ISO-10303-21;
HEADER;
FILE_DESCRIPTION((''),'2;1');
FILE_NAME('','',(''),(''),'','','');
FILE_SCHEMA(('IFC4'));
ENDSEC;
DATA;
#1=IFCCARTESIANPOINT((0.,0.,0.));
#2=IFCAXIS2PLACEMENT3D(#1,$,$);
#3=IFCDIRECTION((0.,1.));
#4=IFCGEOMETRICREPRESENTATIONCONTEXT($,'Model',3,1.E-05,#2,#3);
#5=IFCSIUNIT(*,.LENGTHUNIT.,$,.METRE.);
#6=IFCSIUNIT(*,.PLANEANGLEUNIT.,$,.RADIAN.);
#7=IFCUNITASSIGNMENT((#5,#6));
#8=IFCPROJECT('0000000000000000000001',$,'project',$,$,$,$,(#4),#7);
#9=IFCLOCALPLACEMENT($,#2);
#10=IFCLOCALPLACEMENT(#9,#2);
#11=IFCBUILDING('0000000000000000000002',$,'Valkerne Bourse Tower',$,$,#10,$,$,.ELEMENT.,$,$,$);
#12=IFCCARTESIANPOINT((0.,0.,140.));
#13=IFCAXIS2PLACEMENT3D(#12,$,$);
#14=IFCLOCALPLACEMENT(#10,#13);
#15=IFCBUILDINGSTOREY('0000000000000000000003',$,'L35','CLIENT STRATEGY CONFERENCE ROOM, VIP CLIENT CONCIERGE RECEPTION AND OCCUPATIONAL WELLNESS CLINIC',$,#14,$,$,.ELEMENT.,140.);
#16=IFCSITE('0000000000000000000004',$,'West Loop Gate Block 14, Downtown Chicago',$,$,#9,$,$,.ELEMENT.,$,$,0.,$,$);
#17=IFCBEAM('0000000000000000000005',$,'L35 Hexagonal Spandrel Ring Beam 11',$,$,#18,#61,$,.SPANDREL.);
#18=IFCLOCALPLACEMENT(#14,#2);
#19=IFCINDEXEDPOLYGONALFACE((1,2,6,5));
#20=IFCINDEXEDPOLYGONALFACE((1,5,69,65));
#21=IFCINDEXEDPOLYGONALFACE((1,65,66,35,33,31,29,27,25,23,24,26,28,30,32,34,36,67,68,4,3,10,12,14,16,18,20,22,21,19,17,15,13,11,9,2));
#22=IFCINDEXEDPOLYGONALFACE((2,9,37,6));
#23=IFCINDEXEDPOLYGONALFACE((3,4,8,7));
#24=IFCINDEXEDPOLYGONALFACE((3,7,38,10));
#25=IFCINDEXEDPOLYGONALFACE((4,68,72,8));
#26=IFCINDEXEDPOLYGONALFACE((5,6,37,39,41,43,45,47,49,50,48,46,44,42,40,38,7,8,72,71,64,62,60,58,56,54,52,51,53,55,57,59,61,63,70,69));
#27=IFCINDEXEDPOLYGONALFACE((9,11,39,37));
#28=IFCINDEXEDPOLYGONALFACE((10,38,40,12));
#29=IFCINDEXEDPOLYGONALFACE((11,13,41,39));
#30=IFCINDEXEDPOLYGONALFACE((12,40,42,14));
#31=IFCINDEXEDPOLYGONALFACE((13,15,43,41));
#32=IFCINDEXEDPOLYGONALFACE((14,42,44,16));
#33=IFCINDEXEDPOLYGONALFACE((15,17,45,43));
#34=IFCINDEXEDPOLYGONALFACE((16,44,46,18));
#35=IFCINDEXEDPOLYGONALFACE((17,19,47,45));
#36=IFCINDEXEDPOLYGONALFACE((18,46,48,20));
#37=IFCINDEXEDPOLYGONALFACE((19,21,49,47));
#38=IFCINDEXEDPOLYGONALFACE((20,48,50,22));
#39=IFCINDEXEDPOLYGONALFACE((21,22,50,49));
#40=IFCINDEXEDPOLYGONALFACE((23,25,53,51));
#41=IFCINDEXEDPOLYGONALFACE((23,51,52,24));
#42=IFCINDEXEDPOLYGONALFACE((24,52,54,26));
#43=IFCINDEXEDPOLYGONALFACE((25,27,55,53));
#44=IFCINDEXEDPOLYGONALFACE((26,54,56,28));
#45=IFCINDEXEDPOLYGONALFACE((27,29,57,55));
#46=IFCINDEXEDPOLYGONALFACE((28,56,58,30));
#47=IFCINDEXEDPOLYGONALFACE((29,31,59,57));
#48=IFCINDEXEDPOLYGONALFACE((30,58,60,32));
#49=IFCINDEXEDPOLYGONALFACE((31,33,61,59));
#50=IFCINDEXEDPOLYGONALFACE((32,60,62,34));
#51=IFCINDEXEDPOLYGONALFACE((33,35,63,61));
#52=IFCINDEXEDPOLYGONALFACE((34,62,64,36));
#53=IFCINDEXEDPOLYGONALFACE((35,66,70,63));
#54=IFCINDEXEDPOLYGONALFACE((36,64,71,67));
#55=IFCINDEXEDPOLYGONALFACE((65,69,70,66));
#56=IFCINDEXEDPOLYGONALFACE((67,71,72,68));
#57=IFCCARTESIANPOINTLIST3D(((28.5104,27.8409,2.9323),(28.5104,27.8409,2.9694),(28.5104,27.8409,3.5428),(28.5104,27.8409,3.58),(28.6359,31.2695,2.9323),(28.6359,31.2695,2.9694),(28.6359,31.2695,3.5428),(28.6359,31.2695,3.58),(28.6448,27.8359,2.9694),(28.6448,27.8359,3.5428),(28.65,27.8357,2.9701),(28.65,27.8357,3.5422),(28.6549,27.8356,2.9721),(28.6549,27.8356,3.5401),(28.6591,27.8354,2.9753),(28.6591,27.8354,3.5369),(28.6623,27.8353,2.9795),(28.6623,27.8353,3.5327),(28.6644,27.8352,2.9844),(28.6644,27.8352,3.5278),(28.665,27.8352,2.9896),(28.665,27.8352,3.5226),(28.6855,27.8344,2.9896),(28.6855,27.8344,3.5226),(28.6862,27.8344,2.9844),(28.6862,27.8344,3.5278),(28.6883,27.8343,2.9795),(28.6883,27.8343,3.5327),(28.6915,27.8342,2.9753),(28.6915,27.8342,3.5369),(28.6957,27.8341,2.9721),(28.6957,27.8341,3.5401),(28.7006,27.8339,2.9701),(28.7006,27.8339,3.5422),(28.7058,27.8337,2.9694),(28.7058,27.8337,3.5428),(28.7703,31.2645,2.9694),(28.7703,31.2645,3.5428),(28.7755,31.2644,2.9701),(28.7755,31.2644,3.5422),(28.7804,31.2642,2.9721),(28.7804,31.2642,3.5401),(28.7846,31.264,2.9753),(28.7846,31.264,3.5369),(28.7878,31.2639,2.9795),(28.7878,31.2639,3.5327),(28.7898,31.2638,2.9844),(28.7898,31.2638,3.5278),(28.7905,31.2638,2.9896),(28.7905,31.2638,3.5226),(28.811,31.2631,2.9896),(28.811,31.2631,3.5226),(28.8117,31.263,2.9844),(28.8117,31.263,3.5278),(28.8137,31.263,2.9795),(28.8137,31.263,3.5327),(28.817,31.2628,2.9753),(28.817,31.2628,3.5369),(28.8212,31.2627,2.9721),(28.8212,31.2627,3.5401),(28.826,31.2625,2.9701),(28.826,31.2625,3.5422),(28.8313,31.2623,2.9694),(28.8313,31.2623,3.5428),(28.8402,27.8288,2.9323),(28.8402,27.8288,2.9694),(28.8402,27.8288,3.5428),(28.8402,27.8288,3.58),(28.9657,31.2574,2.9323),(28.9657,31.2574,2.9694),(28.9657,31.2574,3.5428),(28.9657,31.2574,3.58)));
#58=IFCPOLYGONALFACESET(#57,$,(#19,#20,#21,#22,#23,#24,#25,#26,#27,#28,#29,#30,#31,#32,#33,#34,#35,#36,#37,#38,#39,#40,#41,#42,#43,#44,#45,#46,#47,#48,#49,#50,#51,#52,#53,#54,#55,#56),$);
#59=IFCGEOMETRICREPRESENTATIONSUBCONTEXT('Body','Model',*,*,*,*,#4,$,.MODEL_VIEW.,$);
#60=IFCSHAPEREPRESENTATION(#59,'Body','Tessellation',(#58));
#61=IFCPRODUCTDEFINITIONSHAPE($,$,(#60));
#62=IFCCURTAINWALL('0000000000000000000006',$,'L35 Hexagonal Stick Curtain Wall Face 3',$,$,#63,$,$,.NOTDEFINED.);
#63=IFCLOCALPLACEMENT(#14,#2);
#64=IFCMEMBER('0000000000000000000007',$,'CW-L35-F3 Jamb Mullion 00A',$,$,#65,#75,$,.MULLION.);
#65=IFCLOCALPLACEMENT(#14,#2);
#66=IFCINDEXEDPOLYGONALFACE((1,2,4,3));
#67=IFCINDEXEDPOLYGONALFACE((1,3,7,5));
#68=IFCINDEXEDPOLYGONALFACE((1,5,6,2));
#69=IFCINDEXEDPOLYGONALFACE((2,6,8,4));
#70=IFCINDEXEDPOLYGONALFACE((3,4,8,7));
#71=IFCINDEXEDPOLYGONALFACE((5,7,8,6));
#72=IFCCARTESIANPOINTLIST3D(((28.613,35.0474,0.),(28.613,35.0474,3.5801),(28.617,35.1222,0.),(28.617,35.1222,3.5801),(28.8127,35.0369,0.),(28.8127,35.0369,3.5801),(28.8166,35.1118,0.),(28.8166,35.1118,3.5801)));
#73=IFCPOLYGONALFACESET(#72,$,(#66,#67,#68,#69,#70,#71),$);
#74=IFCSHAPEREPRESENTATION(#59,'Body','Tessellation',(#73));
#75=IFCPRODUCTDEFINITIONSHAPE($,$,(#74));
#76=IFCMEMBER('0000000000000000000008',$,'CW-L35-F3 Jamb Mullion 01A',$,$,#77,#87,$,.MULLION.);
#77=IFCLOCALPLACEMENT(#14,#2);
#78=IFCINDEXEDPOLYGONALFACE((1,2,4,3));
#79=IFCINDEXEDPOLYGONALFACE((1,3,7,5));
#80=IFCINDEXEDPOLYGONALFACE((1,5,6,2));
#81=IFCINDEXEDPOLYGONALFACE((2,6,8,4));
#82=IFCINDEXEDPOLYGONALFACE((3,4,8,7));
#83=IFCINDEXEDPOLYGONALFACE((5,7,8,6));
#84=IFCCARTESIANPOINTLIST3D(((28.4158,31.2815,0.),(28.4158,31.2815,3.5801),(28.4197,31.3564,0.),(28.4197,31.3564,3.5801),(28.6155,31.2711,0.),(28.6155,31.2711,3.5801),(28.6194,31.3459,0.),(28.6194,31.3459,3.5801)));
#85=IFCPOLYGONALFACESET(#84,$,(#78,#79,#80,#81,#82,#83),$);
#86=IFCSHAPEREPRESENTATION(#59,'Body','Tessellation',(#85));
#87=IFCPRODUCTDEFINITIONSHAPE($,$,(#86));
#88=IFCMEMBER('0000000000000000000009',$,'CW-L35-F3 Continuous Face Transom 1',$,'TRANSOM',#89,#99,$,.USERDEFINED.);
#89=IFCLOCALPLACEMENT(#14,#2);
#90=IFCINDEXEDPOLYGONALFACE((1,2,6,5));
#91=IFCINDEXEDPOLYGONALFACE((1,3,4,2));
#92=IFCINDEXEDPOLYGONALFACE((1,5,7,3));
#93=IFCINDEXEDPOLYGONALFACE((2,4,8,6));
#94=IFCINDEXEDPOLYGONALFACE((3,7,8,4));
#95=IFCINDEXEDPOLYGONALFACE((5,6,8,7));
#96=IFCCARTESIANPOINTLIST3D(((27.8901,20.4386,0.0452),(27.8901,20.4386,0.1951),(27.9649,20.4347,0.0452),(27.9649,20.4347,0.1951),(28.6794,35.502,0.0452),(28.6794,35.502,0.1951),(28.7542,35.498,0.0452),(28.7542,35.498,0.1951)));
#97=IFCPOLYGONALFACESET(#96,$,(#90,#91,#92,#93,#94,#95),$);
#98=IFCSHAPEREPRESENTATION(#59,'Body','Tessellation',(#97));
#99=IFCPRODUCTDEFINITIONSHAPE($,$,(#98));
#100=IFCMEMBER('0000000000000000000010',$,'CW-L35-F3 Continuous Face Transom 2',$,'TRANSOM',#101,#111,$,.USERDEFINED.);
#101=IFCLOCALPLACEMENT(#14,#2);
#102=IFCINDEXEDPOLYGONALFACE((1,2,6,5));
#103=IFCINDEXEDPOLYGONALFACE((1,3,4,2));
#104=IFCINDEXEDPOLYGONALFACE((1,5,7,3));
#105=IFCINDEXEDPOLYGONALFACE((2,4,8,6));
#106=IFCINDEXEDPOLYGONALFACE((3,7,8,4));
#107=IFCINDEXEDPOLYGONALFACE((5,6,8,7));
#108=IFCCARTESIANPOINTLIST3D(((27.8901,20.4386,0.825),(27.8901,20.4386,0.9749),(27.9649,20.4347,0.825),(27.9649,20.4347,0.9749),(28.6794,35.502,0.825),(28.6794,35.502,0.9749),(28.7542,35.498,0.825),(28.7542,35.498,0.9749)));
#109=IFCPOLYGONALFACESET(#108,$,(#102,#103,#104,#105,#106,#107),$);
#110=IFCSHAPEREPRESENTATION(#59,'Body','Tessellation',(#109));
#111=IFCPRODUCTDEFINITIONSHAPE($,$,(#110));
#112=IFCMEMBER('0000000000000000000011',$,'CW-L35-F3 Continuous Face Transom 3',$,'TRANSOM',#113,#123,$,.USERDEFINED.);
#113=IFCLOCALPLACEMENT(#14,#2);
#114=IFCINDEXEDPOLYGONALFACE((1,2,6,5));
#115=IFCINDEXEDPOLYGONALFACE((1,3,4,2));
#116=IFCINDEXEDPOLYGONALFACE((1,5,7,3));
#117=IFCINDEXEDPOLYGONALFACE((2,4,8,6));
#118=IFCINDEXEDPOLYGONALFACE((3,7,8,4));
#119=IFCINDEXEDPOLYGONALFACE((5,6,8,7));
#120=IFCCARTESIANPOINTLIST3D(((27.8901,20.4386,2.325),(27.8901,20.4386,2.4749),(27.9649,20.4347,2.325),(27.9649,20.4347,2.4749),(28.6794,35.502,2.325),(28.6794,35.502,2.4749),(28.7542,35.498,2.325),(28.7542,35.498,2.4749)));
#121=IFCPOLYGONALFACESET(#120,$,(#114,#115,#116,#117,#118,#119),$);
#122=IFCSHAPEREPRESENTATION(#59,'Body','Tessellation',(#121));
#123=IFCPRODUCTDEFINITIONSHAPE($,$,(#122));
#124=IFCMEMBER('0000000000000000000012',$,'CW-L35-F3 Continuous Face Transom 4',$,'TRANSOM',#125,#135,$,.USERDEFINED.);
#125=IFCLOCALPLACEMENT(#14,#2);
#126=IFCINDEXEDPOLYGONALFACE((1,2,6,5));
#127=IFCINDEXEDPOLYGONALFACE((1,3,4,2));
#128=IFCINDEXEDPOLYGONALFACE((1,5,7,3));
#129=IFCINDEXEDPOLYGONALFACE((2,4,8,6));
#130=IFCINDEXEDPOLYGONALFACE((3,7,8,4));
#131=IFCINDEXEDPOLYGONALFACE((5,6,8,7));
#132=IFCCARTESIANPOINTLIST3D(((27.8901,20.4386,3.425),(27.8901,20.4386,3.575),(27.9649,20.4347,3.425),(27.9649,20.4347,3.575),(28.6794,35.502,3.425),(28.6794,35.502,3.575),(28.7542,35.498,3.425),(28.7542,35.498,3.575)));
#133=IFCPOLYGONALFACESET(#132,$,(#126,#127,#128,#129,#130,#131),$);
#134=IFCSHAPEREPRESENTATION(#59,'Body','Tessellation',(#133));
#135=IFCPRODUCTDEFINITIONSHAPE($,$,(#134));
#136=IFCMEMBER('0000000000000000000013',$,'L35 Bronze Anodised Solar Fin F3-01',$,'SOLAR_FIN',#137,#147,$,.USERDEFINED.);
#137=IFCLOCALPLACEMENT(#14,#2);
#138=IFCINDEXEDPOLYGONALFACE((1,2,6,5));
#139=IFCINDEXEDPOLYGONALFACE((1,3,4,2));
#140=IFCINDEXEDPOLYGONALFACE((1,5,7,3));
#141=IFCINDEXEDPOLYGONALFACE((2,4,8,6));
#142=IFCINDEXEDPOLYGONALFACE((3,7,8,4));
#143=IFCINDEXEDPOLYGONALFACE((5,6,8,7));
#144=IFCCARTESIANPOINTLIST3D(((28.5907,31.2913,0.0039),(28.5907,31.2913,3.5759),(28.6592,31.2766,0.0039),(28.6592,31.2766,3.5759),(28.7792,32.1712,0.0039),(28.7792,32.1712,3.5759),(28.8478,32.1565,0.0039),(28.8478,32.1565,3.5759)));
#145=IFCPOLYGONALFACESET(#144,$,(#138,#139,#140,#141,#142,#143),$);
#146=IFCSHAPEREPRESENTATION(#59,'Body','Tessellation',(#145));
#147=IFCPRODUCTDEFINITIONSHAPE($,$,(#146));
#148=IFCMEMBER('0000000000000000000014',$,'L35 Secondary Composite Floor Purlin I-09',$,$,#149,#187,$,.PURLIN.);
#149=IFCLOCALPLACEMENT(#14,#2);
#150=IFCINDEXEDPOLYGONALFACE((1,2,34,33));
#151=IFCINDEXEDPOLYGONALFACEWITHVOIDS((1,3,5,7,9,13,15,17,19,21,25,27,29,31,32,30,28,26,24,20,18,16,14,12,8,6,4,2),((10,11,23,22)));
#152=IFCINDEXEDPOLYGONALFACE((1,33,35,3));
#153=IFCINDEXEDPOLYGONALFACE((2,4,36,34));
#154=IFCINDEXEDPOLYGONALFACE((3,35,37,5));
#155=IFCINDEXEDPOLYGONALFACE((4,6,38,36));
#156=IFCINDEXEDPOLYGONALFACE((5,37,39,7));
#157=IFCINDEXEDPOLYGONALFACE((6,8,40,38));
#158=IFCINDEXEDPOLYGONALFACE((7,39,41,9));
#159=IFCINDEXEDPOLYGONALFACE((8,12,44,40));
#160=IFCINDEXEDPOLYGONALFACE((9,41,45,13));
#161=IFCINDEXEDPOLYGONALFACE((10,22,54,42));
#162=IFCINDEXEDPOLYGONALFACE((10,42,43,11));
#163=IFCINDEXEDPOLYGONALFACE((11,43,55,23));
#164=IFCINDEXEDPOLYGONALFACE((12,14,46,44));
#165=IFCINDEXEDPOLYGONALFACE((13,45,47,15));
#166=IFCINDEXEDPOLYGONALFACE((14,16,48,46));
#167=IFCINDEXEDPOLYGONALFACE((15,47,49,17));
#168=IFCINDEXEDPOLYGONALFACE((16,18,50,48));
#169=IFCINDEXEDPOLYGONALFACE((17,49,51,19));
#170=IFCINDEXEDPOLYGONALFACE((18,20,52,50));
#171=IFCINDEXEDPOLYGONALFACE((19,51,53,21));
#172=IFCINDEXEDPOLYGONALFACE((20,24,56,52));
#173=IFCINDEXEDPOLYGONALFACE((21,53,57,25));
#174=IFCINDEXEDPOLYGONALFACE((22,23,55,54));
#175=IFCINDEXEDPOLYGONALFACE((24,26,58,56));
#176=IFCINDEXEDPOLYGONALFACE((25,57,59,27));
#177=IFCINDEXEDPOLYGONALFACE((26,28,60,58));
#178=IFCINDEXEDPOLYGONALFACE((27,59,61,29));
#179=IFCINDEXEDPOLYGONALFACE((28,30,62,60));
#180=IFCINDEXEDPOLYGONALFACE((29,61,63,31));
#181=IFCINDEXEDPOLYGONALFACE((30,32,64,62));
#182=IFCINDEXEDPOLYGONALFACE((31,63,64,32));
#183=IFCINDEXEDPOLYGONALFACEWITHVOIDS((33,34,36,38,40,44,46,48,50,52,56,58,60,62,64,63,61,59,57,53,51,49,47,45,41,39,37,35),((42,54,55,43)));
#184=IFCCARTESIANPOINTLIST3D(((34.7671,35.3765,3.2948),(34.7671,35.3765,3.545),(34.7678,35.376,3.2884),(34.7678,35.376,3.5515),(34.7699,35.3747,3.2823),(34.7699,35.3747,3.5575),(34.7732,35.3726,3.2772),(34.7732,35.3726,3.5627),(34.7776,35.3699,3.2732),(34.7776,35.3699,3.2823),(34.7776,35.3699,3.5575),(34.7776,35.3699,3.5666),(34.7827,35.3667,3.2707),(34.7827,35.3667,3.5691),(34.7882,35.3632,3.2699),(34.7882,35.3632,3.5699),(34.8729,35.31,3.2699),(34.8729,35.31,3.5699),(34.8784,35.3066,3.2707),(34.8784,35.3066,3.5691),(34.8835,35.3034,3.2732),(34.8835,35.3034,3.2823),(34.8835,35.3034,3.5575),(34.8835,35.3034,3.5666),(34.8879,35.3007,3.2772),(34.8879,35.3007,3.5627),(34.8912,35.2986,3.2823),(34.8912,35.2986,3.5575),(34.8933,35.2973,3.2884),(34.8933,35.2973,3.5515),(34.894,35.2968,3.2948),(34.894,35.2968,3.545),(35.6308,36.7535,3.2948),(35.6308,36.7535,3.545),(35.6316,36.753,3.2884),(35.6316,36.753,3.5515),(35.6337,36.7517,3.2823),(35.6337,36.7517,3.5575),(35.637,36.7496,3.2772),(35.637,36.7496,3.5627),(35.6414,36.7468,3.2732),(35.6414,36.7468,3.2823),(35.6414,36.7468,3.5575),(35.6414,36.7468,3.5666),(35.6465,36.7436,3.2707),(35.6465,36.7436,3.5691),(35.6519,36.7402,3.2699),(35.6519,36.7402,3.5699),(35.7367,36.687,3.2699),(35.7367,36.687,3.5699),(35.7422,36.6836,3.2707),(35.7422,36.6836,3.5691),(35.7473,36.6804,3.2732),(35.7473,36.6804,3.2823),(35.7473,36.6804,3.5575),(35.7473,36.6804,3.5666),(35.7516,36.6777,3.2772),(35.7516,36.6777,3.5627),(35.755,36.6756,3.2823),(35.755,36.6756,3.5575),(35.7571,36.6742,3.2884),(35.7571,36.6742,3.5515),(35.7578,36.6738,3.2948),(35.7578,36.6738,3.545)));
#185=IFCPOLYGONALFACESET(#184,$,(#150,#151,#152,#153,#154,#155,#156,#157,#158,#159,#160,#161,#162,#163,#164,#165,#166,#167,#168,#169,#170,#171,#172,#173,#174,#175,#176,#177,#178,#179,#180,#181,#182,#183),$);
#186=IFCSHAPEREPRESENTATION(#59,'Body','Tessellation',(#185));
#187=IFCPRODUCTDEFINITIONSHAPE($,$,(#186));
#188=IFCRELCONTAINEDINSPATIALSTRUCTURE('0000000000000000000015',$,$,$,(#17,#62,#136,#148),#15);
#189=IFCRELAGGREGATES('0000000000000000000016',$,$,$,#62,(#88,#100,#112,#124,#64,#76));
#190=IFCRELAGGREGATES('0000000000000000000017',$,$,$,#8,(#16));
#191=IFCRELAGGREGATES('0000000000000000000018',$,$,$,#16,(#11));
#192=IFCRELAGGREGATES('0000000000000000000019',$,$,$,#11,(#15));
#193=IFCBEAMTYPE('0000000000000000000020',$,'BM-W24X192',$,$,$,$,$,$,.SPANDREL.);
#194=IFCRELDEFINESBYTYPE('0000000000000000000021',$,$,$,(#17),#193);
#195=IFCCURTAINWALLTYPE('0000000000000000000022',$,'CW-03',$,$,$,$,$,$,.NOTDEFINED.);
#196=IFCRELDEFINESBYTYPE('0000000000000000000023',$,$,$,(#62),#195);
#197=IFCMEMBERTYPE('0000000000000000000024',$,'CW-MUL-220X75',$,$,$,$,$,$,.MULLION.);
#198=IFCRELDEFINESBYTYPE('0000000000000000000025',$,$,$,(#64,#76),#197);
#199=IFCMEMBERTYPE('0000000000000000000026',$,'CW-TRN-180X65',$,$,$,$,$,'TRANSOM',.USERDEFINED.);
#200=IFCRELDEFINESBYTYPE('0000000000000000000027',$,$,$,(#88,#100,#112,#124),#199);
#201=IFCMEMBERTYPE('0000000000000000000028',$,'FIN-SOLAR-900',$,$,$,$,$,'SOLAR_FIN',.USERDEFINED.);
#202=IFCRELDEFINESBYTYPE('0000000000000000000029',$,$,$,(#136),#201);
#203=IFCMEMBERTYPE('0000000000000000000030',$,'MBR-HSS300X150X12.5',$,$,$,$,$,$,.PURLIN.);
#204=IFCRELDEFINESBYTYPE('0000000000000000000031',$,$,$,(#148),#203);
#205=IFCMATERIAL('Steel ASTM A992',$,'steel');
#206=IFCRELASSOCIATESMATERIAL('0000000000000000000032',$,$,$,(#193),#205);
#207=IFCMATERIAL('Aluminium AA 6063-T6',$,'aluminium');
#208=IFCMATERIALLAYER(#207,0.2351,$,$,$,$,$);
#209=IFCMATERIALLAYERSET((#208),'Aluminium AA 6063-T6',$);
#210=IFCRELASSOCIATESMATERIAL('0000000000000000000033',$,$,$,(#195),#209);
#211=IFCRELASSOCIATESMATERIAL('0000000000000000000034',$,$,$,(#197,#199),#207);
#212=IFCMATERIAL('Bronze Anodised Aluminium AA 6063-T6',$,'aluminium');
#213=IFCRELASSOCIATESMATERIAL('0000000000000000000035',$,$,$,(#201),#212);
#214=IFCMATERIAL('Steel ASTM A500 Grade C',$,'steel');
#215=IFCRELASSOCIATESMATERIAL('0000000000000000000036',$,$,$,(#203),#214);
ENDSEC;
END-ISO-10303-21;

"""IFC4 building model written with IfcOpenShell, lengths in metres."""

from ifc_helpers import new_model, si_unit, direction, frame, origin, origin_2d, place, context, subcontext, project, spatial, rectangle, hollow_rectangle, i_section, extrude, material, layer, layer_set, material_profile, profile_set, type_object, element, aggregate, save


model = new_model("IFC4")

# Units and contexts
model_context = context("Model", 3, precision=1e-05, world=origin(), true_north=direction((0.0, 1.0)))
body_context = subcontext(model_context, "Body", "Model", "MODEL_VIEW")
ifc_project = project(units=[si_unit("LENGTHUNIT", "METRE"), si_unit("PLANEANGLEUNIT", "RADIAN")], contexts=[model_context])

# Site, building, storey
site_placement = place(None, origin())
site = spatial("IfcSite", under=ifc_project, at=site_placement, Name="West Loop Gate Block 14, Downtown Chicago", CompositionType="ELEMENT", RefElevation=0.0)
building_placement = place(site_placement, origin())
building = spatial("IfcBuilding", under=site, at=building_placement, Name="Valkerne Bourse Tower", CompositionType="ELEMENT")
storey_placement = place(building_placement, frame((0.0, 0.0, 140.0)))
storey = spatial("IfcBuildingStorey", under=building, at=storey_placement, Name="L35", Description="CLIENT STRATEGY CONFERENCE ROOM, VIP CLIENT CONCIERGE RECEPTION AND OCCUPATIONAL WELLNESS CLINIC", CompositionType="ELEMENT", Elevation=140.0)

# Beam
ifc_material_1 = material(Name="Steel ASTM A992", Category="steel")
ifc_material_profile_1 = material_profile(ifc_material_1, i_section(OverallWidth=0.3301, OverallDepth=0.6477, WebThickness=0.0205, FlangeThickness=0.0371, FilletRadius=0.0203, at=origin_2d()), Name="W24X192")
ifc_profile_set_1 = profile_set([ifc_material_profile_1], Name="Steel ASTM A992")
beam_type_1 = type_object("IfcBeamType", Name="BM-W24X192", PredefinedType="SPANDREL", material=ifc_profile_set_1)
for number, where, z_axis, x_axis, name in (
    (1, (28.8008, 31.2634, 3.2561), (-0.036575, -0.999331, 0.0), (0.999331, -0.036575, 0.0), "L35 Hexagonal Spandrel Ring Beam 11"),
):
    element("IfcBeam", number, at=place(storey_placement, frame(where, z_axis=z_axis, x_axis=x_axis)), inside=storey, type_object=beam_type_1, Name=name, PredefinedType="SPANDREL", context=body_context, shape_type="SweptSolid", body=[
        extrude(i_section(OverallWidth=0.3301, OverallDepth=0.6477, WebThickness=0.0205, FlangeThickness=0.0371, FilletRadius=0.0203, at=origin_2d()), origin(), (0.0, 0.0, 1.0), 3.4309),
    ])

# Curtain wall, members
ifc_material_2 = material(Name="Aluminium AA 6063-T6", Category="aluminium")
ifc_layer_1 = layer(ifc_material_2, 0.2351)
ifc_layer_set_1 = layer_set([ifc_layer_1], Name="Aluminium AA 6063-T6")
curtain_wall_type = type_object("IfcCurtainWallType", Name="CW-03", PredefinedType="NOTDEFINED", material=ifc_layer_set_1)
curtain_wall_placement = place(storey_placement, origin())
curtain_wall = element("IfcCurtainWall", 2, at=curtain_wall_placement, inside=storey, type_object=curtain_wall_type, Name="L35 Hexagonal Stick Curtain Wall Face 3", PredefinedType="NOTDEFINED")
ifc_material_profile_2 = material_profile(ifc_material_2, rectangle(XDim=0.075, YDim=0.2, at=origin_2d()), Name="CWM-75X200")
ifc_profile_set_2 = profile_set([ifc_material_profile_2], Name="Aluminium AA 6063-T6")
member_type_1 = type_object("IfcMemberType", Name="CW-MUL-220X75", PredefinedType="MULLION", material=ifc_profile_set_2)
member_1_placement = place(storey_placement, frame((28.7148, 35.0796, 0.0), z_axis=(0.0, 0.0, 1.0), x_axis=(-0.052347, -0.998629, 0.0)))
member_1 = element("IfcMember", 3, at=member_1_placement, type_object=member_type_1, Name="CW-L35-F3 Jamb Mullion 00A", PredefinedType="MULLION", context=body_context, shape_type="SweptSolid", body=[
    extrude(rectangle(XDim=0.075, YDim=0.2, at=origin_2d()), origin(), (0.0, 0.0, 1.0), 3.5801),
])
member_2_placement = place(storey_placement, frame((28.5176, 31.3137, 0.0), z_axis=(0.0, 0.0, 1.0), x_axis=(-0.052346, -0.998629, 0.0)))
member_2 = element("IfcMember", 4, at=member_2_placement, type_object=member_type_1, Name="CW-L35-F3 Jamb Mullion 01A", PredefinedType="MULLION", context=body_context, shape_type="SweptSolid", body=[
    extrude(rectangle(XDim=0.075, YDim=0.2, at=origin_2d()), origin(), (0.0, 0.0, 1.0), 3.5801),
])
ifc_material_profile_3 = material_profile(ifc_material_2, rectangle(XDim=0.075, YDim=0.1499, at=origin_2d()), Name="CWT-75X150")
ifc_profile_set_3 = profile_set([ifc_material_profile_3], Name="Aluminium AA 6063-T6")
member_type_2 = type_object("IfcMemberType", Name="CW-TRN-180X65", ElementType="TRANSOM", PredefinedType="USERDEFINED", material=ifc_profile_set_3)
member_3_placement = place(storey_placement, frame((28.7168, 35.5, 0.1201), z_axis=(-0.052328, -0.99863, 0.0), x_axis=(0.99863, -0.052328, 0.0)))
member_3 = element("IfcMember", 5, at=member_3_placement, type_object=member_type_2, Name="CW-L35-F3 Continuous Face Transom 1", ObjectType="TRANSOM", PredefinedType="USERDEFINED", context=body_context, shape_type="SweptSolid", body=[
    extrude(rectangle(XDim=0.075, YDim=0.1499, at=origin_2d()), origin(), (0.0, 0.0, 1.0), 15.084),
])
member_4_placement = place(storey_placement, frame((28.7168, 35.5, 0.8999), z_axis=(-0.052328, -0.99863, 0.0), x_axis=(0.99863, -0.052328, 0.0)))
member_4 = element("IfcMember", 6, at=member_4_placement, type_object=member_type_2, Name="CW-L35-F3 Continuous Face Transom 2", ObjectType="TRANSOM", PredefinedType="USERDEFINED", context=body_context, shape_type="SweptSolid", body=[
    extrude(rectangle(XDim=0.075, YDim=0.1499, at=origin_2d()), origin(), (0.0, 0.0, 1.0), 15.084),
])
member_5_placement = place(storey_placement, frame((28.7168, 35.5, 2.3999), z_axis=(-0.052328, -0.99863, 0.0), x_axis=(0.99863, -0.052328, 0.0)))
member_5 = element("IfcMember", 7, at=member_5_placement, type_object=member_type_2, Name="CW-L35-F3 Continuous Face Transom 3", ObjectType="TRANSOM", PredefinedType="USERDEFINED", context=body_context, shape_type="SweptSolid", body=[
    extrude(rectangle(XDim=0.075, YDim=0.1499, at=origin_2d()), origin(), (0.0, 0.0, 1.0), 15.084),
])
member_6_placement = place(storey_placement, frame((28.7168, 35.5, 3.5), z_axis=(-0.052328, -0.99863, 0.0), x_axis=(0.99863, -0.052328, 0.0)))
member_6 = element("IfcMember", 8, at=member_6_placement, type_object=member_type_2, Name="CW-L35-F3 Continuous Face Transom 4", ObjectType="TRANSOM", PredefinedType="USERDEFINED", context=body_context, shape_type="SweptSolid", body=[
    extrude(rectangle(XDim=0.075, YDim=0.1499, at=origin_2d()), origin(), (0.0, 0.0, 1.0), 15.084),
])

# Members
ifc_material_3 = material(Name="Bronze Anodised Aluminium AA 6063-T6", Category="aluminium")
ifc_material_profile_4 = material_profile(ifc_material_3, rectangle(XDim=0.0701, YDim=0.8999, at=origin_2d()), Name="FIN-70X900")
ifc_profile_set_4 = profile_set([ifc_material_profile_4], Name="Bronze Anodised Aluminium AA 6063-T6")
member_type_3 = type_object("IfcMemberType", Name="FIN-SOLAR-900", ElementType="SOLAR_FIN", PredefinedType="USERDEFINED", material=ifc_profile_set_4)
member_7_placement = place(storey_placement, frame((28.7192, 31.7239, 0.0039), z_axis=(0.0, 0.0, 1.0), x_axis=(-0.977809, 0.209498, 0.0)))
element("IfcMember", 9, at=member_7_placement, inside=storey, type_object=member_type_3, Name="L35 Bronze Anodised Solar Fin F3-01", ObjectType="SOLAR_FIN", PredefinedType="USERDEFINED", context=body_context, shape_type="SweptSolid", body=[
    extrude(rectangle(XDim=0.0701, YDim=0.8999, at=origin_2d()), origin(), (0.0, 0.0, 1.0), 3.572),
])
ifc_material_4 = material(Name="Steel ASTM A500 Grade C", Category="steel")
ifc_material_profile_5 = material_profile(ifc_material_4, hollow_rectangle(XDim=0.1499, YDim=0.3, WallThickness=0.0125, OuterFilletRadius=0.0249, at=origin_2d()), Name="HSS300X150X12.5")
ifc_profile_set_5 = profile_set([ifc_material_profile_5], Name="Steel ASTM A500 Grade C")
member_type_4 = type_object("IfcMemberType", Name="MBR-HSS300X150X12.5", PredefinedType="PURLIN", material=ifc_profile_set_5)
member_8_placement = place(storey_placement, frame((35.6943, 36.7136, 3.4199), z_axis=(-0.531402, -0.84712, 0.0), x_axis=(0.84712, -0.531402, 0.0)))
element("IfcMember", 10, at=member_8_placement, inside=storey, type_object=member_type_4, Name="L35 Secondary Composite Floor Purlin I-09", PredefinedType="PURLIN", context=body_context, shape_type="SweptSolid", body=[
    extrude(hollow_rectangle(XDim=0.1499, YDim=0.3, WallThickness=0.0125, OuterFilletRadius=0.0249, at=origin_2d()), origin(), (0.0, 0.0, 1.0), 1.6255),
])

aggregate(curtain_wall, [member_3, member_4, member_5, member_6, member_1, member_2])

save(model, "model.ifc")
